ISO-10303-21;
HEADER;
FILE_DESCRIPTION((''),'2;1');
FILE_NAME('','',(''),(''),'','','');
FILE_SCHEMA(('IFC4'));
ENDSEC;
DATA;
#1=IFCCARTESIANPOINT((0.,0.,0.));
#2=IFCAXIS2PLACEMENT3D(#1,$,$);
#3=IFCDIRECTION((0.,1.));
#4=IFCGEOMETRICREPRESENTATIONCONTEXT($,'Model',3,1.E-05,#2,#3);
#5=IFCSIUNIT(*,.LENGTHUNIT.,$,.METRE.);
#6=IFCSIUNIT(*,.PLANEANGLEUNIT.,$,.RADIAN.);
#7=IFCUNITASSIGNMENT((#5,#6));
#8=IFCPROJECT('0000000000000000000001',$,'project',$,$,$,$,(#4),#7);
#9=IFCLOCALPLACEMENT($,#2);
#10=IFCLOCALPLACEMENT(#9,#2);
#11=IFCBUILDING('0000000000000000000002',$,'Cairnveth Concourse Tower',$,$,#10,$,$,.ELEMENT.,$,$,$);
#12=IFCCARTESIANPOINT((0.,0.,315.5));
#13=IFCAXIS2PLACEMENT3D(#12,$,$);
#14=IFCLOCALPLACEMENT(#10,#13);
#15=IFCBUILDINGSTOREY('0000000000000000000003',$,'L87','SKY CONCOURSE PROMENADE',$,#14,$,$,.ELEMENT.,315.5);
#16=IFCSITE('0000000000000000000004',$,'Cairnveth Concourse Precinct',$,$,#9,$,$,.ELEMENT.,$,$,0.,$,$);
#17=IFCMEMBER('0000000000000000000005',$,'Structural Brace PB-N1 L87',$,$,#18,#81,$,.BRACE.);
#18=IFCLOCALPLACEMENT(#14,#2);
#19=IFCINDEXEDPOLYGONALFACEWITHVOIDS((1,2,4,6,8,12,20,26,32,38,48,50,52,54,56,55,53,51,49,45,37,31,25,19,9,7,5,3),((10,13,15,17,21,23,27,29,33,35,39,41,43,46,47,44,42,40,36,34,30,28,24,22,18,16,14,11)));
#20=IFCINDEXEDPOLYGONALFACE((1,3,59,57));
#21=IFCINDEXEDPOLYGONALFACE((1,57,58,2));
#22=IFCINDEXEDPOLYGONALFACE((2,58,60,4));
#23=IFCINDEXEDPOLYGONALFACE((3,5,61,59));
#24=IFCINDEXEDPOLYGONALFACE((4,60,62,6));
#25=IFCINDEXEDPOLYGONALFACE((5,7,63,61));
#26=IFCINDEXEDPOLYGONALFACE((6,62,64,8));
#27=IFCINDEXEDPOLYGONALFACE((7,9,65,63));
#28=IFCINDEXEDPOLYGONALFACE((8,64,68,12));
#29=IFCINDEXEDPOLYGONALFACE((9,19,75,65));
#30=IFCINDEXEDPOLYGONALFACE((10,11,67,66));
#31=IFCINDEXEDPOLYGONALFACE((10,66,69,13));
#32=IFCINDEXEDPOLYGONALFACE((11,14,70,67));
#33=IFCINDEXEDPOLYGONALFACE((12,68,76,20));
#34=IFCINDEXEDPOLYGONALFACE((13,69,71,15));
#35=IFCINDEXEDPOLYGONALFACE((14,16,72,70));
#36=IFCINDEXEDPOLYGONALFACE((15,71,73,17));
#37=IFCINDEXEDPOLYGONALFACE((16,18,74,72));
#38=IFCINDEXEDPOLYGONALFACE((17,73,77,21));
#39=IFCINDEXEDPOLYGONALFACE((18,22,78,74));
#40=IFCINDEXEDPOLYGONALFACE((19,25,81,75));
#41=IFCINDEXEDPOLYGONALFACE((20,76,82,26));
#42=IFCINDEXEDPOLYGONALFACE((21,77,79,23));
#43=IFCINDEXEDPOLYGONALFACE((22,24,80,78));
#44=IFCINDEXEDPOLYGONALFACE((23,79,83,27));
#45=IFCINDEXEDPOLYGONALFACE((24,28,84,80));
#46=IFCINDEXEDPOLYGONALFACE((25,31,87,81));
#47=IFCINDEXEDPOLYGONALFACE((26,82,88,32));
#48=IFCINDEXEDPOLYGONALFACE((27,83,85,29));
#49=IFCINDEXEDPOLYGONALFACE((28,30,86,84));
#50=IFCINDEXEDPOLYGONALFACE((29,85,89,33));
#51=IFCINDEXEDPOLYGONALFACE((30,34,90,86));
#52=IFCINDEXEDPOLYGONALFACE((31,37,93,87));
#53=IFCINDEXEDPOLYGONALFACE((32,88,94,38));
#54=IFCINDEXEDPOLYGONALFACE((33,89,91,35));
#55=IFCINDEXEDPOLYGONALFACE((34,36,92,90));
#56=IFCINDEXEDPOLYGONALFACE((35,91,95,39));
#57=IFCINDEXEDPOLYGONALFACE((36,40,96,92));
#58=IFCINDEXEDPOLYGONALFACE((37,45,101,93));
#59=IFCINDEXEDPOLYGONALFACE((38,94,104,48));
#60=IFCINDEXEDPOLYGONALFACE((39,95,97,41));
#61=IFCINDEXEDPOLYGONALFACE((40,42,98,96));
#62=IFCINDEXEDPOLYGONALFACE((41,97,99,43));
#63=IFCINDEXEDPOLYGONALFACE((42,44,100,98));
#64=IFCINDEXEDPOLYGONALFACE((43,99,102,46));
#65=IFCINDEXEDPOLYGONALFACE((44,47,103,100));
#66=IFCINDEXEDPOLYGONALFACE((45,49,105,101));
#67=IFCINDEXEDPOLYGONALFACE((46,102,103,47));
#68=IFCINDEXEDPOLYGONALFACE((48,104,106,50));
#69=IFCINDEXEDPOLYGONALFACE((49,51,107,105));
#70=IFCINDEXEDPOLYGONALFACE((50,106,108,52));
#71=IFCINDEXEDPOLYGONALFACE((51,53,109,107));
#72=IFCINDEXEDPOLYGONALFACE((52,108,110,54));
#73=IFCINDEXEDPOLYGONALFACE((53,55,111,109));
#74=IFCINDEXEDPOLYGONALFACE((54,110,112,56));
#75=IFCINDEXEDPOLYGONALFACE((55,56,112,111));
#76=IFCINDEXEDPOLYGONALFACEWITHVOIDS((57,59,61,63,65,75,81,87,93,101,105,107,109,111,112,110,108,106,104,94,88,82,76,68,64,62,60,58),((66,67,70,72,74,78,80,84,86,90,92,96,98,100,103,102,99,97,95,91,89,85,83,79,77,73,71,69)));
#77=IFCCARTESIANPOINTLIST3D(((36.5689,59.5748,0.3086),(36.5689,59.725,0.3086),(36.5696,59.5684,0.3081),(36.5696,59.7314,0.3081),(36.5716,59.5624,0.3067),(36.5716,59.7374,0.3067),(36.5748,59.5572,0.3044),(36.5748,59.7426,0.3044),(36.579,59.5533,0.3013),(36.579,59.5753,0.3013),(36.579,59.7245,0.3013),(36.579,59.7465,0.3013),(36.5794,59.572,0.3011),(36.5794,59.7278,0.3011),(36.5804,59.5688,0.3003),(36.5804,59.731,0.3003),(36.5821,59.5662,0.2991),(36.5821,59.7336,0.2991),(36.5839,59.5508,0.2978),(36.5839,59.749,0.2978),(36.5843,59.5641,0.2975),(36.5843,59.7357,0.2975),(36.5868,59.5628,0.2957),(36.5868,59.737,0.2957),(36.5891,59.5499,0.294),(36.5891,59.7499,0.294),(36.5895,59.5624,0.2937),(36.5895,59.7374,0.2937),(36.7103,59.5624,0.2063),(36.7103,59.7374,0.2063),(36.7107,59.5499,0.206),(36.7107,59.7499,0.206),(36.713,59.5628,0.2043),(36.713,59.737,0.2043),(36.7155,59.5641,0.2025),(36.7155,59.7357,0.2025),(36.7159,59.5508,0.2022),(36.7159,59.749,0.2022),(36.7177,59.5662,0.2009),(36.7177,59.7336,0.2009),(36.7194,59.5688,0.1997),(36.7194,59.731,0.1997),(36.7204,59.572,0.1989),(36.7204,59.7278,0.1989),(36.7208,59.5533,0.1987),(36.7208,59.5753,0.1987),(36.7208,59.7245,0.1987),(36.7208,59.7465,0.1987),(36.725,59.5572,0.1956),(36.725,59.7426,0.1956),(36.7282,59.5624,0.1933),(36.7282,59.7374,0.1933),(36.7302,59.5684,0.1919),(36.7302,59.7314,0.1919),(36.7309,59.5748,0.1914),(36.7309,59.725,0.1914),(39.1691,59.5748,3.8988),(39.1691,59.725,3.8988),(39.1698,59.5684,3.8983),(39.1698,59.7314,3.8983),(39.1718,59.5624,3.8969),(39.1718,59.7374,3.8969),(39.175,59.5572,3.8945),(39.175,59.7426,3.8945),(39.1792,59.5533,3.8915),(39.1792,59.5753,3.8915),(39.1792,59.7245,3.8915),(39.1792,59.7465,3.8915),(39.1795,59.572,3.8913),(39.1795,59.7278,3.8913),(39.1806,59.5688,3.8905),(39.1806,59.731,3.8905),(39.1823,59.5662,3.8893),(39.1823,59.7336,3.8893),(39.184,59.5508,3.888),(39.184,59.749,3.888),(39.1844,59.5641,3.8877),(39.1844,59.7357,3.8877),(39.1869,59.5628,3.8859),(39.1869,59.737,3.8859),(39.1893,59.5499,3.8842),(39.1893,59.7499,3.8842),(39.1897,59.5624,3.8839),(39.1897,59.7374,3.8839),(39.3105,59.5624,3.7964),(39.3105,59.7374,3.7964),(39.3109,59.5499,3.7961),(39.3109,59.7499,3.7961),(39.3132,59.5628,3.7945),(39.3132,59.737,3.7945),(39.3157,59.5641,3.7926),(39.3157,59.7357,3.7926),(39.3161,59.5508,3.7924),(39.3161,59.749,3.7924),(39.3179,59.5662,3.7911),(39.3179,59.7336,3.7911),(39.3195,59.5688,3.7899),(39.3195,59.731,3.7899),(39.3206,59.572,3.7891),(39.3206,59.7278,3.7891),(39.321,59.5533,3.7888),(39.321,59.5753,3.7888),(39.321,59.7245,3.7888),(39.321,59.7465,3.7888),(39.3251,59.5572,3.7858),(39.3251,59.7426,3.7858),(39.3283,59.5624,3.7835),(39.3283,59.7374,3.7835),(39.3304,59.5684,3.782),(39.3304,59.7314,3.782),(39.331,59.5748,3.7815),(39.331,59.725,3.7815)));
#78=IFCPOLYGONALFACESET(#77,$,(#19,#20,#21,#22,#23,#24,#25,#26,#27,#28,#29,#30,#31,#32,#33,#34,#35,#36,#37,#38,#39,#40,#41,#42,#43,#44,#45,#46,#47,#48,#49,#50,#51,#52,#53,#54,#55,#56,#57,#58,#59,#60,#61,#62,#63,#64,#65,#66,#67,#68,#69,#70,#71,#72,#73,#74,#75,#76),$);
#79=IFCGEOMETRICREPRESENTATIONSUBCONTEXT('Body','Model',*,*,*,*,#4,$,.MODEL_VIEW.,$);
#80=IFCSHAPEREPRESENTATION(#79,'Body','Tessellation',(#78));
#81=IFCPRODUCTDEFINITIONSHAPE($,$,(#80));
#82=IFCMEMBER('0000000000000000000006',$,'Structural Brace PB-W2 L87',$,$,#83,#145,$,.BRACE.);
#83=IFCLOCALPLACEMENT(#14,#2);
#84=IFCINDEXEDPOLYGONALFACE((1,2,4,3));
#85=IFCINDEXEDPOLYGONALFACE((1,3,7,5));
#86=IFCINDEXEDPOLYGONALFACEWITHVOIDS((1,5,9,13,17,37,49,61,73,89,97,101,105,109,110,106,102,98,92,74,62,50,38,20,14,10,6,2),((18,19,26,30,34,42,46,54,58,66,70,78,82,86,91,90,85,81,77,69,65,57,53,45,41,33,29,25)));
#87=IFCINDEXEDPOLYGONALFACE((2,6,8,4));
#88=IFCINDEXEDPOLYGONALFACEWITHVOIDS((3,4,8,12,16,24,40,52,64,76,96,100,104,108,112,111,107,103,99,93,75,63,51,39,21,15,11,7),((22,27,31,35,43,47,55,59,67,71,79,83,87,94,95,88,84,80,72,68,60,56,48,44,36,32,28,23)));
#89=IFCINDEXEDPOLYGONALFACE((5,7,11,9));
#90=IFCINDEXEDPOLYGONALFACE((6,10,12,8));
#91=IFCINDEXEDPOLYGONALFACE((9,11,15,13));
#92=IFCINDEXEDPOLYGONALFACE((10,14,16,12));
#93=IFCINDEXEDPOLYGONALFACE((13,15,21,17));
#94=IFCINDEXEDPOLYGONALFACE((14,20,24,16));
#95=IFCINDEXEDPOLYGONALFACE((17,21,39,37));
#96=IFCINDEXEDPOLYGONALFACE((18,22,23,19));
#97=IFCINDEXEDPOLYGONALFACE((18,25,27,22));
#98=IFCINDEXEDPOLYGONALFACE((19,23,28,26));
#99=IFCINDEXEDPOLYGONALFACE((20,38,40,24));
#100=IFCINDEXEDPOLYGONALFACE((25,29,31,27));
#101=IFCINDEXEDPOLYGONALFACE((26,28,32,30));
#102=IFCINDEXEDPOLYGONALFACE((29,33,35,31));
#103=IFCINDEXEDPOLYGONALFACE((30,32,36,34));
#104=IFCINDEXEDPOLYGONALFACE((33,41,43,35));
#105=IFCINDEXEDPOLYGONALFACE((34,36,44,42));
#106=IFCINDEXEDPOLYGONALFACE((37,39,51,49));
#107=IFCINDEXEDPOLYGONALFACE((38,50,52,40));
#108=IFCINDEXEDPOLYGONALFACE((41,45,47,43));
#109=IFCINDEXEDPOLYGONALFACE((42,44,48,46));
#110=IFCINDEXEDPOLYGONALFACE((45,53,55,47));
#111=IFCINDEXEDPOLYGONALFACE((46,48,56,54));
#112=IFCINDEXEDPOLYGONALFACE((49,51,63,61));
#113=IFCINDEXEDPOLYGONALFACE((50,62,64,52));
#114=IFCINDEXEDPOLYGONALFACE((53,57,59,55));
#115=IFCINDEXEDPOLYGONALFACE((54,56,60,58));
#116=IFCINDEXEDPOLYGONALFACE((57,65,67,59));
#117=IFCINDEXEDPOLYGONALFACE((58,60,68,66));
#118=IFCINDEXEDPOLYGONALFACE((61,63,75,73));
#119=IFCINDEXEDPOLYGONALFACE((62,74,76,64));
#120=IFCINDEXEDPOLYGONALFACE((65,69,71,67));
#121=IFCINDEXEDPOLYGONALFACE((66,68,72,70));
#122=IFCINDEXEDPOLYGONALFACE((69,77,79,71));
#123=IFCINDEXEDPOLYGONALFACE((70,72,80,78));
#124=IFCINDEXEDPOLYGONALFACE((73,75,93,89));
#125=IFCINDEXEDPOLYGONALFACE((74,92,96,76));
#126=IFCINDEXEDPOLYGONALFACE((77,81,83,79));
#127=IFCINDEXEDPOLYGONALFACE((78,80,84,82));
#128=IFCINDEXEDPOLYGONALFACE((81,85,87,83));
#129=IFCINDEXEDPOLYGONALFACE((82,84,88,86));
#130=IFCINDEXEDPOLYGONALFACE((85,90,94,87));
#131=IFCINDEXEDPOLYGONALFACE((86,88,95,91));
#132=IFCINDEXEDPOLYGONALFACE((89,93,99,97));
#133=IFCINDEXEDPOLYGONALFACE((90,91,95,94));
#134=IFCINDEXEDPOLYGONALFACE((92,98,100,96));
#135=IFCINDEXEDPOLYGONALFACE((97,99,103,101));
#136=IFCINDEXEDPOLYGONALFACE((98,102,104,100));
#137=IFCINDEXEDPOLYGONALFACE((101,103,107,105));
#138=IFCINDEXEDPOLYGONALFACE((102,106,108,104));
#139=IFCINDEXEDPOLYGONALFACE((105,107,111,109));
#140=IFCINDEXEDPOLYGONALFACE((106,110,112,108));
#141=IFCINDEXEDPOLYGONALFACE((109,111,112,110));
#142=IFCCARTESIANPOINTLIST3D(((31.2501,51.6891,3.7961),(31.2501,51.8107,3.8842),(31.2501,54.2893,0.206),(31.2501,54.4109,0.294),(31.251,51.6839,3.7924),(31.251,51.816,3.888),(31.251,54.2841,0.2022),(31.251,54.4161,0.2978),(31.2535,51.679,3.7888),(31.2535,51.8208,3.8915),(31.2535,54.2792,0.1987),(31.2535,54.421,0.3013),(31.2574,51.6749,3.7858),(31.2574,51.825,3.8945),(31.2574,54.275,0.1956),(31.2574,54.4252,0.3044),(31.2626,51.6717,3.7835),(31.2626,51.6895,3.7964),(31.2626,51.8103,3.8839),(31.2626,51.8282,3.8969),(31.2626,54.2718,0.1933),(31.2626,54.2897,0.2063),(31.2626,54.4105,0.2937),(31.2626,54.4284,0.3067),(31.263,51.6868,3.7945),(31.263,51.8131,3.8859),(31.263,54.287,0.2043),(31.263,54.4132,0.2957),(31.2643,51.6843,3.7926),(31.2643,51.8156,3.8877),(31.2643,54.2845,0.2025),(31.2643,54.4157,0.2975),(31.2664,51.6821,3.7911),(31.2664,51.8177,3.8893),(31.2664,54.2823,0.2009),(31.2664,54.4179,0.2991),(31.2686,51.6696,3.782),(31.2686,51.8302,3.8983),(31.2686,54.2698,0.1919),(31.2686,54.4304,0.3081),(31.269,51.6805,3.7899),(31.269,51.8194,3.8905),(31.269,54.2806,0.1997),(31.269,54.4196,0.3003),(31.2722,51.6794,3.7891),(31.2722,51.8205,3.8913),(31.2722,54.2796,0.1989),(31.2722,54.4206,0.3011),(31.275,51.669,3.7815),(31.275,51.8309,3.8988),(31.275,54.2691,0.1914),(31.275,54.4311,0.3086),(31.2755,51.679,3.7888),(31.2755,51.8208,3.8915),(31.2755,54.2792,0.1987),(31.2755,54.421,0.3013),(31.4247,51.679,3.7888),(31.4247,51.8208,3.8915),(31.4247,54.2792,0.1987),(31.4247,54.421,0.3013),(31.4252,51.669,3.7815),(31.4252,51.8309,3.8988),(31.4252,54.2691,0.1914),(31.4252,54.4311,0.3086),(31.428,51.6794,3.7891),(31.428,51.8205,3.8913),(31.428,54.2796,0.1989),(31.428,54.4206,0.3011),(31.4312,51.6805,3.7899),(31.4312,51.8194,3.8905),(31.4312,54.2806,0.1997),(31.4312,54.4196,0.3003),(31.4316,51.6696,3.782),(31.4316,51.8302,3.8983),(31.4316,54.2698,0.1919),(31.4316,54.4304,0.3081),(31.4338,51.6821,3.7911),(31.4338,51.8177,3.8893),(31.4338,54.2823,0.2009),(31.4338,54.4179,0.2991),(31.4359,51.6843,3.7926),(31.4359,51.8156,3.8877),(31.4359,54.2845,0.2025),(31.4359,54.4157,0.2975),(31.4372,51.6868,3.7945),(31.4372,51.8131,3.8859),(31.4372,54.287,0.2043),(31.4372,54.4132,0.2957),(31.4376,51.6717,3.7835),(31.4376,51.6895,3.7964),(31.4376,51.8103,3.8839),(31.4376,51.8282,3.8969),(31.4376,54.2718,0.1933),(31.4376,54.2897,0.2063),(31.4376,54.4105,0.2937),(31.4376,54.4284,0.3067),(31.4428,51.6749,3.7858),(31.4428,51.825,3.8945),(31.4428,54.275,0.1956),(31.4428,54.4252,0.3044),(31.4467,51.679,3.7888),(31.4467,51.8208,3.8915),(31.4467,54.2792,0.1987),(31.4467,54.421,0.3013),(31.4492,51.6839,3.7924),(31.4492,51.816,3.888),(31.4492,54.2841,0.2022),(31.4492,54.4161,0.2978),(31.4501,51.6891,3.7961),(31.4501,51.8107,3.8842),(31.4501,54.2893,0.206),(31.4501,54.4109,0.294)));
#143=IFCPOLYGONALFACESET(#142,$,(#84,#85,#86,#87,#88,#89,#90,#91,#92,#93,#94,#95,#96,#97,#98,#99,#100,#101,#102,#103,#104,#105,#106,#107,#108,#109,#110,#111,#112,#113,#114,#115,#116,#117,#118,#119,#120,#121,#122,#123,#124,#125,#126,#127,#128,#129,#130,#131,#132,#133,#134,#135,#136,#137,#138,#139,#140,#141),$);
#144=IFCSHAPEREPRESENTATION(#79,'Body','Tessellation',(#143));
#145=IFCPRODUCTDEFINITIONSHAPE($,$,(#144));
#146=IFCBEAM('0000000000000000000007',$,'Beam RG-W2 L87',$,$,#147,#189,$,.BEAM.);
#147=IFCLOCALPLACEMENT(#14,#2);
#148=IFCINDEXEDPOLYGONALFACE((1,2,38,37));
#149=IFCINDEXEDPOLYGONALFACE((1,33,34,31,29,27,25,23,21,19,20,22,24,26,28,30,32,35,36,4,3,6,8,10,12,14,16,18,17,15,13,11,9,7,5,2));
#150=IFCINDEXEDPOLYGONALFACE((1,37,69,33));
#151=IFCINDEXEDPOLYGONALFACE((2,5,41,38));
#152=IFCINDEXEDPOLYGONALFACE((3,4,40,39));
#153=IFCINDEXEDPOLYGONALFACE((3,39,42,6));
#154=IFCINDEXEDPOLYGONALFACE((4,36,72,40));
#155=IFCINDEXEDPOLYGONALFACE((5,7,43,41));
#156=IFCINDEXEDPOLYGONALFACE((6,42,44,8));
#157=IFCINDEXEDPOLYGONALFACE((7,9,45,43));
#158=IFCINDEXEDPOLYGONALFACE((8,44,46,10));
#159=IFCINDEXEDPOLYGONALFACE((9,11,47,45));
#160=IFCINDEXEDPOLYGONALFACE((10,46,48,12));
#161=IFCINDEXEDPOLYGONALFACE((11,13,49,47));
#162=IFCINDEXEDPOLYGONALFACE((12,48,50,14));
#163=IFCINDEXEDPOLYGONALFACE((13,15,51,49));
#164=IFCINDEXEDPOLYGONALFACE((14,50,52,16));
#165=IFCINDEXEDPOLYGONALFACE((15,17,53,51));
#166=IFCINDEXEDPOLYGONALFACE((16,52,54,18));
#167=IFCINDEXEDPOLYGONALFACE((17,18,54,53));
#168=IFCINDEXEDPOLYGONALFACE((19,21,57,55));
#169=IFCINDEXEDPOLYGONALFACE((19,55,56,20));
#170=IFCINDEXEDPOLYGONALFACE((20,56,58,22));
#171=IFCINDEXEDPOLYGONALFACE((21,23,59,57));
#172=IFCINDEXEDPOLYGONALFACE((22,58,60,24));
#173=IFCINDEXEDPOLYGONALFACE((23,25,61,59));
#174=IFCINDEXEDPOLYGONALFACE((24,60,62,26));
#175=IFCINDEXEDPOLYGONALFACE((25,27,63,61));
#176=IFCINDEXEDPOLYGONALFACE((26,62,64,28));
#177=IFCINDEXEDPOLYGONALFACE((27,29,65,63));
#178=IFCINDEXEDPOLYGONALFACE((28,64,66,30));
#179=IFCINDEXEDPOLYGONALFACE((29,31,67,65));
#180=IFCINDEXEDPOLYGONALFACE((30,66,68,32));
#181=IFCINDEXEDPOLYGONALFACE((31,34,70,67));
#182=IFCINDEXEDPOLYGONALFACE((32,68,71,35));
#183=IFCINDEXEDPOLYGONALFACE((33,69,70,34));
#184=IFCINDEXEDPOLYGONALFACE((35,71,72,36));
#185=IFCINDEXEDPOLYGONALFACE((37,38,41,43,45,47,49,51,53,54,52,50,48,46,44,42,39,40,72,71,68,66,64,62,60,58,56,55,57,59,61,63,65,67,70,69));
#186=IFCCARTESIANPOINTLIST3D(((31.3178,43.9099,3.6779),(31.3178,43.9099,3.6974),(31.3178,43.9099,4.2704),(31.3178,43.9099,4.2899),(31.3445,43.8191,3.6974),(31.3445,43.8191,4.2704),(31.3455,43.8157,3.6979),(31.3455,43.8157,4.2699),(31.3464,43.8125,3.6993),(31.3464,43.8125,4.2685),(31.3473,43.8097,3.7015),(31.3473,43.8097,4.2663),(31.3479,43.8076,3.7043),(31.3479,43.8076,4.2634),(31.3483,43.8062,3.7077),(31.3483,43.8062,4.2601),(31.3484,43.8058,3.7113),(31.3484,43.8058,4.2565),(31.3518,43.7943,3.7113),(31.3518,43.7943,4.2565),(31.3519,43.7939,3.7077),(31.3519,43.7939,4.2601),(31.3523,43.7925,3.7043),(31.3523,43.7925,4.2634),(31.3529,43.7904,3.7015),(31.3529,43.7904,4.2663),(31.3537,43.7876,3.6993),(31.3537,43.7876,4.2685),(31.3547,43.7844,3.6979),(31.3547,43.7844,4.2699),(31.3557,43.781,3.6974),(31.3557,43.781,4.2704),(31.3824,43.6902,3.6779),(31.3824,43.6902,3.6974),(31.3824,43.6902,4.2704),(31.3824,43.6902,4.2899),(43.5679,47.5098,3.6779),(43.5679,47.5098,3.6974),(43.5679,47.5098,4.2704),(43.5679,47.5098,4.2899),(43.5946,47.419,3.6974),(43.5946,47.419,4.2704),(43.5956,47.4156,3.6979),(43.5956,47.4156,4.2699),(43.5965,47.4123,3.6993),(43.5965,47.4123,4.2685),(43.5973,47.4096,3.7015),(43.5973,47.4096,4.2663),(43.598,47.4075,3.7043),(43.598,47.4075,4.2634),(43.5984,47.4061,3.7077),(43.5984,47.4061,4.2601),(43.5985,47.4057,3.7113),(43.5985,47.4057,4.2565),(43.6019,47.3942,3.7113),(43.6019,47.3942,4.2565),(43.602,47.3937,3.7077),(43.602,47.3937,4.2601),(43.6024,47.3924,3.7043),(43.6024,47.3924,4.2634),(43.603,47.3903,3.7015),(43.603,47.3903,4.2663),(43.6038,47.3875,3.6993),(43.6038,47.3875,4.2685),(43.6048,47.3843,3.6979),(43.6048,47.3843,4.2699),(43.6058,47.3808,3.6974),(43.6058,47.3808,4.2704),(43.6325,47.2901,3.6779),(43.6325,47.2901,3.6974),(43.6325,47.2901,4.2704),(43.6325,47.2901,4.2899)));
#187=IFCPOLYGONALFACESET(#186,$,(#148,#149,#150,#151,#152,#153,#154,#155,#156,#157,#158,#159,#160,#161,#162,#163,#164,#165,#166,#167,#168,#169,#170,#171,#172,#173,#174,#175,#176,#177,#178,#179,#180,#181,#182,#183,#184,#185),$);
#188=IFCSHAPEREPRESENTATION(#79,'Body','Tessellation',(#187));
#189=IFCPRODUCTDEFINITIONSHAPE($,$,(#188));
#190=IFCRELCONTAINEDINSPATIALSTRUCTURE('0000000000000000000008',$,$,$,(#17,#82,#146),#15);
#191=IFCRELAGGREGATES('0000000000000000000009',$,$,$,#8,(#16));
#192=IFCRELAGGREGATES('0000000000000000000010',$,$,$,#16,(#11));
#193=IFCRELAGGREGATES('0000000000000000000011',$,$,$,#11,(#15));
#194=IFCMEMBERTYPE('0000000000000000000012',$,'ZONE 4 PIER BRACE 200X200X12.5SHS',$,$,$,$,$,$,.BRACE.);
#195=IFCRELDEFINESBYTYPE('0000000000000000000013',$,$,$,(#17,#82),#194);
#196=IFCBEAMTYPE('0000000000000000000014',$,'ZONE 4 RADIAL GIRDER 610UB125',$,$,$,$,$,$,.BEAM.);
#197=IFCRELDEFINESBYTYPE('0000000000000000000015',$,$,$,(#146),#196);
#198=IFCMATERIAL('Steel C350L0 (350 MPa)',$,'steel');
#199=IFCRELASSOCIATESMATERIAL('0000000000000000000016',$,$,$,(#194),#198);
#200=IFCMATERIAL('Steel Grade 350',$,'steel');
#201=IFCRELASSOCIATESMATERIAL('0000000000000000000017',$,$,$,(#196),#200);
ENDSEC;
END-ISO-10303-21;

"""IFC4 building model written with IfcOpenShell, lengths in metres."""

from ifc_helpers import new_model, si_unit, direction, frame, origin, origin_2d, place, context, subcontext, project, spatial, hollow_rectangle, i_section, extrude, material, material_profile, profile_set, type_object, element, save


model = new_model("IFC4")

# Units and contexts
model_context = context("Model", 3, precision=1e-05, world=origin(), true_north=direction((0.0, 1.0)))
body_context = subcontext(model_context, "Body", "Model", "MODEL_VIEW")
ifc_project = project(units=[si_unit("LENGTHUNIT", "METRE"), si_unit("PLANEANGLEUNIT", "RADIAN")], contexts=[model_context])

# Site, building, storey
site_placement = place(None, origin())
site = spatial("IfcSite", under=ifc_project, at=site_placement, Name="Cairnveth Concourse Precinct", CompositionType="ELEMENT", RefElevation=0.0)
building_placement = place(site_placement, origin())
building = spatial("IfcBuilding", under=site, at=building_placement, Name="Cairnveth Concourse Tower", CompositionType="ELEMENT")
storey_placement = place(building_placement, frame((0.0, 0.0, 315.5)))
storey = spatial("IfcBuildingStorey", under=building, at=storey_placement, Name="L87", Description="SKY CONCOURSE PROMENADE", CompositionType="ELEMENT", Elevation=315.5)

# Shared definitions
ifc_material_1 = material(Name="Steel Grade 350", Category="steel")

# Members
ifc_material_2 = material(Name="Steel C350L0 (350 MPa)", Category="steel")
ifc_material_profile_1 = material_profile(ifc_material_2, hollow_rectangle(XDim=0.2, YDim=0.2, WallThickness=0.0125, InnerFilletRadius=0.0129, OuterFilletRadius=0.0249, at=origin_2d()), Name="200x200x12.5SHS")
ifc_profile_set_1 = profile_set([ifc_material_profile_1], Name="Steel C350L0 (350 MPa)")
member_type = type_object("IfcMemberType", Name="ZONE 4 PIER BRACE 200X200X12.5SHS", PredefinedType="BRACE", material=ifc_profile_set_1)
for number, where, z_axis, x_axis, name in (
    (1, (36.6499, 59.6499, 0.25), (0.586566, 0.0, 0.809902), (0.0, 1.0, 0.0), "Structural Brace PB-N1 L87"),
    (2, (31.3501, 54.3501, 0.25), (0.0, -0.586566, 0.809902), (1.0, 0.0, 0.0), "Structural Brace PB-W2 L87"),
):
    element("IfcMember", number, at=place(storey_placement, frame(where, z_axis=z_axis, x_axis=x_axis)), inside=storey, type_object=member_type, Name=name, PredefinedType="BRACE", context=body_context, shape_type="SweptSolid", body=[
        extrude(hollow_rectangle(XDim=0.2, YDim=0.2, WallThickness=0.0125, InnerFilletRadius=0.0129, OuterFilletRadius=0.0249, at=origin_2d()), origin(), (0.0, 0.0, 1.0), 4.4329),
    ])

# Beam
ifc_material_profile_2 = material_profile(ifc_material_1, i_section(OverallWidth=0.229, OverallDepth=0.6121, WebThickness=0.012, FlangeThickness=0.0195, FilletRadius=0.0139, at=origin_2d()), Name="610UB125")
ifc_profile_set_2 = profile_set([ifc_material_profile_2], Name="Steel Grade 350")
beam_type_1 = type_object("IfcBeamType", Name="ZONE 4 RADIAL GIRDER 610UB125", PredefinedType="BEAM", material=ifc_profile_set_2)
beam_1_placement = place(storey_placement, frame((31.3501, 43.8, 3.9839), z_axis=(0.959431, 0.281944, 0.0), x_axis=(-0.281944, 0.959431, 0.0)))
element("IfcBeam", 3, at=beam_1_placement, inside=storey, type_object=beam_type_1, Name="Beam RG-W2 L87", PredefinedType="BEAM", context=body_context, shape_type="SweptSolid", body=[
    extrude(i_section(OverallWidth=0.229, OverallDepth=0.6121, WebThickness=0.012, FlangeThickness=0.0195, FilletRadius=0.0139, at=origin_2d()), origin(), (0.0, 0.0, 1.0), 12.7681),
])

save(model, "model.ifc")
